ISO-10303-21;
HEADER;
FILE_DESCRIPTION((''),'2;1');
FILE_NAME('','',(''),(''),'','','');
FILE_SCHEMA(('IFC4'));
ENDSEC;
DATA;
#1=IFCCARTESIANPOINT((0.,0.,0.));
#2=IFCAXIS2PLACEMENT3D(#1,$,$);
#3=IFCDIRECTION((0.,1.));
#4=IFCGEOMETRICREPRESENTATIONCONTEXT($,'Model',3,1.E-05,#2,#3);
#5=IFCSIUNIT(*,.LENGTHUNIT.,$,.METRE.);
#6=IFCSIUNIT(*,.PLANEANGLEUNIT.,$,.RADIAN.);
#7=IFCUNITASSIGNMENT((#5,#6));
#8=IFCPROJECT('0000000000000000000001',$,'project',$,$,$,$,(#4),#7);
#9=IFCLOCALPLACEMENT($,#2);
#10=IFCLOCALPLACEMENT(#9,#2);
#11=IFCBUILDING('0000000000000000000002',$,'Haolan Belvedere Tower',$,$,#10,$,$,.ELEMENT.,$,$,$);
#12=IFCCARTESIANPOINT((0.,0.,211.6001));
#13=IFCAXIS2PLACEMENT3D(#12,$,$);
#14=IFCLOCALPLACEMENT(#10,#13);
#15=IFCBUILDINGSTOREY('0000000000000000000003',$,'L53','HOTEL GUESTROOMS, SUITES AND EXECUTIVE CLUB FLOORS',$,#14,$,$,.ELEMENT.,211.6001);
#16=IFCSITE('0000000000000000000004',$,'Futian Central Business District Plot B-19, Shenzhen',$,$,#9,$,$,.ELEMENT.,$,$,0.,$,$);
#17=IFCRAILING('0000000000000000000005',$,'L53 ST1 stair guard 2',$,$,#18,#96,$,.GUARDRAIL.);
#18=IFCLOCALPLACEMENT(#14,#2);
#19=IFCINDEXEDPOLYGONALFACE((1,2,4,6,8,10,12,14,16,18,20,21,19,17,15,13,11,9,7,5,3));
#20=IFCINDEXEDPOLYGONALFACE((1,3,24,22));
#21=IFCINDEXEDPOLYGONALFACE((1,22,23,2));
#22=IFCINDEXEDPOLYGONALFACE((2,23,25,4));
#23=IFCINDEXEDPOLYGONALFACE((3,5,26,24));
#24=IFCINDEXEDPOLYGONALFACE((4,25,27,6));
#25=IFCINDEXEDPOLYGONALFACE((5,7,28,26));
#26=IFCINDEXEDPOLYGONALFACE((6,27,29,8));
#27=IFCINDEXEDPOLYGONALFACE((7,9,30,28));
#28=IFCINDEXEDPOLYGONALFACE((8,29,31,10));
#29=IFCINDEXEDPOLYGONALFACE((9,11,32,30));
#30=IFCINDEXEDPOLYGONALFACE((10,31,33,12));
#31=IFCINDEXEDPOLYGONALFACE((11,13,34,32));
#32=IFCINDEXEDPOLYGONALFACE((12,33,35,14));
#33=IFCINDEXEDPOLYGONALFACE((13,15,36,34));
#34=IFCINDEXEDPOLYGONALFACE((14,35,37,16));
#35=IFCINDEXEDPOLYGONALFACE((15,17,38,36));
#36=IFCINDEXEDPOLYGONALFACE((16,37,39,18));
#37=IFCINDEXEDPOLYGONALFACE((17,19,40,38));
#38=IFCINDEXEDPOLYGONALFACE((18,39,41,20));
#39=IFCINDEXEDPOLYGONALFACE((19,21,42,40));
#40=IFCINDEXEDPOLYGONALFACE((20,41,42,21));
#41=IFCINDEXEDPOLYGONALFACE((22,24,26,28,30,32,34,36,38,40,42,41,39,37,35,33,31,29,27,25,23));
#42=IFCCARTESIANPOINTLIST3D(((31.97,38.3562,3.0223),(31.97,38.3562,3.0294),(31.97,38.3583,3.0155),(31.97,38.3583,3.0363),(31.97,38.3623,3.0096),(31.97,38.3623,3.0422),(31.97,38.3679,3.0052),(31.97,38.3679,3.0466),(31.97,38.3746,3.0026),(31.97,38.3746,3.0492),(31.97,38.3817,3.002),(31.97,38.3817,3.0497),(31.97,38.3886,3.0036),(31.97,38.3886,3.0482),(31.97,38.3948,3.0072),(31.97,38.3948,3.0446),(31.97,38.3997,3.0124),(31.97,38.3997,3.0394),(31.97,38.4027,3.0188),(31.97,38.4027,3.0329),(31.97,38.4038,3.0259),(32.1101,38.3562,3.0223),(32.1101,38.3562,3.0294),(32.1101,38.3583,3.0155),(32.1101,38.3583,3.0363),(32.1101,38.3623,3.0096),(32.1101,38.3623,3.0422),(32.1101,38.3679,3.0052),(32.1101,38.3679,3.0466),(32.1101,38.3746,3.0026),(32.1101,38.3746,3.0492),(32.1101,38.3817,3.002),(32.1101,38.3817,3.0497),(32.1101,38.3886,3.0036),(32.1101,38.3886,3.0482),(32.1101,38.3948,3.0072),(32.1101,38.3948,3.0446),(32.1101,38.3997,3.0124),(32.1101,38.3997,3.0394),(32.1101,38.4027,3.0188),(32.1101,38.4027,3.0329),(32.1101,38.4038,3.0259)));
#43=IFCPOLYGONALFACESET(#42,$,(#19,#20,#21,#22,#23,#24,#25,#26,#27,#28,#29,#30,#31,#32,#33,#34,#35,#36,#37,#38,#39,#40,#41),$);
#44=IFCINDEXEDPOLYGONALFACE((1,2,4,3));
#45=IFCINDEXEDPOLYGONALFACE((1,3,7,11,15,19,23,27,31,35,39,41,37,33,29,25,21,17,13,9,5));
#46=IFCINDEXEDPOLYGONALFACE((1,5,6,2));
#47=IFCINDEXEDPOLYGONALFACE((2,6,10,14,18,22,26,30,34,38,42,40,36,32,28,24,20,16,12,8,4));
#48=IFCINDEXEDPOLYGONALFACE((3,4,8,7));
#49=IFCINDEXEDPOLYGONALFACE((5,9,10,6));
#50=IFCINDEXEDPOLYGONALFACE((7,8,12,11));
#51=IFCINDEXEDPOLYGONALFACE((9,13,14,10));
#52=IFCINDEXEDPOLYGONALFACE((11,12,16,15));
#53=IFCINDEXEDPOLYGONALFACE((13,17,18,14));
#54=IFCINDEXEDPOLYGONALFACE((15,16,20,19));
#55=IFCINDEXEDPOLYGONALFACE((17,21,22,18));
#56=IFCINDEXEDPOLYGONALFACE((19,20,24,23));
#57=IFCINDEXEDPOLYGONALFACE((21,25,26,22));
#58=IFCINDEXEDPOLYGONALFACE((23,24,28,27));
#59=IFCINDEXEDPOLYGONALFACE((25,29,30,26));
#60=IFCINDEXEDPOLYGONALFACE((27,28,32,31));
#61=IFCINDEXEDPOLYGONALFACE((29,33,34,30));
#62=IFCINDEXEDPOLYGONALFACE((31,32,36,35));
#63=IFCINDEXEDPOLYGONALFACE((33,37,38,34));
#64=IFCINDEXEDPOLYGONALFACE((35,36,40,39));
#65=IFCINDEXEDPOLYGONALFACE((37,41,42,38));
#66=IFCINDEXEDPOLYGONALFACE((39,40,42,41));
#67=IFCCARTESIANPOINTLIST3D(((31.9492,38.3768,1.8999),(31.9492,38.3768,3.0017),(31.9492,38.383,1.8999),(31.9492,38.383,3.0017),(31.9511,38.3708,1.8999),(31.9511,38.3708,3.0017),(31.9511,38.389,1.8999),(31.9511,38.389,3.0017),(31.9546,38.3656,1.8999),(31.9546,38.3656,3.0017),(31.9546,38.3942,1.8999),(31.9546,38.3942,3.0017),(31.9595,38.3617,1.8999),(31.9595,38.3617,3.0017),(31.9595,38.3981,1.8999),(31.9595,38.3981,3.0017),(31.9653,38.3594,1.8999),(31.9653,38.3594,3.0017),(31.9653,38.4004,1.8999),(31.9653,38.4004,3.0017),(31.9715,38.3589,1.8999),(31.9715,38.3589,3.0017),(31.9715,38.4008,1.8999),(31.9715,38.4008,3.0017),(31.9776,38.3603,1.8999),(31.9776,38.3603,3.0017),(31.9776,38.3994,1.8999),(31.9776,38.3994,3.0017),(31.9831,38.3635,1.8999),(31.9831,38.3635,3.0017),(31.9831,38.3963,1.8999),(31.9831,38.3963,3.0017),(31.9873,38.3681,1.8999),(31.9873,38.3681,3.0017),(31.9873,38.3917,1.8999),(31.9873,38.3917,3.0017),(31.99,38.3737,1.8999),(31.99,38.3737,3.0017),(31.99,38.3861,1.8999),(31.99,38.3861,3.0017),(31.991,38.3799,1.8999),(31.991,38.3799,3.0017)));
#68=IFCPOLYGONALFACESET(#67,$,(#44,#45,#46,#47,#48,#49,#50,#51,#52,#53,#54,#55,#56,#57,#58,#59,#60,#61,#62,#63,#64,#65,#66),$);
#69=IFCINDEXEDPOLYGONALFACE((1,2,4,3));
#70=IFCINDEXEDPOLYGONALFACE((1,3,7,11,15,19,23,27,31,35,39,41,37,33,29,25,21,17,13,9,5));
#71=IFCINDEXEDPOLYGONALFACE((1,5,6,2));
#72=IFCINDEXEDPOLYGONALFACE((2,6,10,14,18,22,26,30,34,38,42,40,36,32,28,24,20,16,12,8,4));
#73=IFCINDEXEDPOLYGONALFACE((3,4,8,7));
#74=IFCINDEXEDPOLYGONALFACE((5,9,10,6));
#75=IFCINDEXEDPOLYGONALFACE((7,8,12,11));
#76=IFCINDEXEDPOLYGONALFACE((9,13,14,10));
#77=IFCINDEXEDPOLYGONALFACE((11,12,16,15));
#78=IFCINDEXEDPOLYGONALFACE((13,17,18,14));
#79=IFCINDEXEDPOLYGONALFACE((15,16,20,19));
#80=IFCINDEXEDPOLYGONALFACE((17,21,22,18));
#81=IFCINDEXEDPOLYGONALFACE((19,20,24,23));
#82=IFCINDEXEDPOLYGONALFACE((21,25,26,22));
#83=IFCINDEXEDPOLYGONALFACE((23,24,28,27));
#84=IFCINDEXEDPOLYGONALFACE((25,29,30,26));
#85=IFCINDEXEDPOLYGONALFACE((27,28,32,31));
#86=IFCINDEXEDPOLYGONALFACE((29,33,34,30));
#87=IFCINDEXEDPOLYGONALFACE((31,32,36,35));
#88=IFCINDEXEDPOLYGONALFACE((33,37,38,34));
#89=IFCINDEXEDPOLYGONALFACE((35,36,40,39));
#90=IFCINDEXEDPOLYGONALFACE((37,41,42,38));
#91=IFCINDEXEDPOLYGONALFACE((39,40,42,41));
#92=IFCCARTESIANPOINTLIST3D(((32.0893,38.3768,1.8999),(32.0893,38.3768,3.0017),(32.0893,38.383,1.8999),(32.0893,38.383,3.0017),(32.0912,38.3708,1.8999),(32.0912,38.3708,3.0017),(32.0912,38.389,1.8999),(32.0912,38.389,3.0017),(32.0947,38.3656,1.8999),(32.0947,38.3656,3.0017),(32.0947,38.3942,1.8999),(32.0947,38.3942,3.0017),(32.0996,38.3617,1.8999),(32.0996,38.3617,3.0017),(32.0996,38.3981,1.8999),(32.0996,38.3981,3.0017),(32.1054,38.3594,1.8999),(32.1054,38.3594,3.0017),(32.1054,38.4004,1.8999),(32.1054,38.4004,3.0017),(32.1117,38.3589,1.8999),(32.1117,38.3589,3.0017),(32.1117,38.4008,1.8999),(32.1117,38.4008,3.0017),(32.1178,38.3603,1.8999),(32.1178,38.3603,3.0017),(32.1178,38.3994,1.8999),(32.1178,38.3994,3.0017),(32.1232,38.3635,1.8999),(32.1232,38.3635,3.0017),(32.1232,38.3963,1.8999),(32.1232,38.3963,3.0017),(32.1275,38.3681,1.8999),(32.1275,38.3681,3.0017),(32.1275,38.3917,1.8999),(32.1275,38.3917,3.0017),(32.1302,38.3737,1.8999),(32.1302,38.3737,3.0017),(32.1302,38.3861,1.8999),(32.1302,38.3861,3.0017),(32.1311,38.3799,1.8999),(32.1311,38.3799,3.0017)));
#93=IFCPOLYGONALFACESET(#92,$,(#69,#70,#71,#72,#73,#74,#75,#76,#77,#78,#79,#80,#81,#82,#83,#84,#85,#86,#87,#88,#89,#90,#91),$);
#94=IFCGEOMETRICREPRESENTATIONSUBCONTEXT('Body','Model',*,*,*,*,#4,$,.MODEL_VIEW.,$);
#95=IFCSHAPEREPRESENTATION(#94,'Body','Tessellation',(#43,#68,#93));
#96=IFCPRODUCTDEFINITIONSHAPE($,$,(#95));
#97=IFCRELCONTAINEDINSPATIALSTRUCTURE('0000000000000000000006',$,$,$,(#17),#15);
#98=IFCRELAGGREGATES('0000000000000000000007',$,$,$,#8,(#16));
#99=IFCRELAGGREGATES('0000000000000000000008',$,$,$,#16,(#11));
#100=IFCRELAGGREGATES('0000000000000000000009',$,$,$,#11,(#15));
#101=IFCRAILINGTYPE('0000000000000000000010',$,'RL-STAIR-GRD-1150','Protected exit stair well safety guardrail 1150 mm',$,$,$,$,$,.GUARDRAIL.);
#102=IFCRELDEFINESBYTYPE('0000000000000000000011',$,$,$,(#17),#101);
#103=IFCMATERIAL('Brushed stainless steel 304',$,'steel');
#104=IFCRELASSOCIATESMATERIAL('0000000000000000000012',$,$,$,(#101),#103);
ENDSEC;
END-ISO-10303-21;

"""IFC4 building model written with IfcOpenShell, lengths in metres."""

from ifc_helpers import new_model, si_unit, direction, frame, origin, origin_2d, place, context, subcontext, project, spatial, circle, extrude, material, type_object, element, save


model = new_model("IFC4")

# Units and contexts
model_context = context("Model", 3, precision=1e-05, world=origin(), true_north=direction((0.0, 1.0)))
body_context = subcontext(model_context, "Body", "Model", "MODEL_VIEW")
ifc_project = project(units=[si_unit("LENGTHUNIT", "METRE"), si_unit("PLANEANGLEUNIT", "RADIAN")], contexts=[model_context])

# Site, building, storey
site_placement = place(None, origin())
site = spatial("IfcSite", under=ifc_project, at=site_placement, Name="Futian Central Business District Plot B-19, Shenzhen", CompositionType="ELEMENT", RefElevation=0.0)
building_placement = place(site_placement, origin())
building = spatial("IfcBuilding", under=site, at=building_placement, Name="Haolan Belvedere Tower", CompositionType="ELEMENT")
storey_placement = place(building_placement, frame((0.0, 0.0, 211.6001)))
storey = spatial("IfcBuildingStorey", under=building, at=storey_placement, Name="L53", Description="HOTEL GUESTROOMS, SUITES AND EXECUTIVE CLUB FLOORS", CompositionType="ELEMENT", Elevation=211.6001)

# Railing
ifc_material_1 = material(Name="Brushed stainless steel 304", Category="steel")
railing_type_1 = type_object("IfcRailingType", Name="RL-STAIR-GRD-1150", Description="Protected exit stair well safety guardrail 1150 mm", PredefinedType="GUARDRAIL", material=ifc_material_1)
railing_1_placement = place(storey_placement, frame((31.97, 38.3799, 1.8999)))
element("IfcRailing", 1, at=railing_1_placement, inside=storey, type_object=railing_type_1, Name="L53 ST1 stair guard 2", PredefinedType="GUARDRAIL", context=body_context, shape_type="SweptSolid", body=[
    extrude(circle(Radius=0.0239, at=origin_2d()), frame((0.0, 0.0, 1.126), z_axis=(1.0, 0.0, 0.0), x_axis=(0.0, 1.0, 0.0)), (0.0, 0.0, 1.0), 0.1401),
    extrude(circle(Radius=0.021, at=origin_2d()), origin(), (0.0, 0.0, 1.0), 1.1018),
    extrude(circle(Radius=0.021, at=origin_2d()), frame((0.1401, 0.0, 0.0)), (0.0, 0.0, 1.0), 1.1018),
])

save(model, "model.ifc")
